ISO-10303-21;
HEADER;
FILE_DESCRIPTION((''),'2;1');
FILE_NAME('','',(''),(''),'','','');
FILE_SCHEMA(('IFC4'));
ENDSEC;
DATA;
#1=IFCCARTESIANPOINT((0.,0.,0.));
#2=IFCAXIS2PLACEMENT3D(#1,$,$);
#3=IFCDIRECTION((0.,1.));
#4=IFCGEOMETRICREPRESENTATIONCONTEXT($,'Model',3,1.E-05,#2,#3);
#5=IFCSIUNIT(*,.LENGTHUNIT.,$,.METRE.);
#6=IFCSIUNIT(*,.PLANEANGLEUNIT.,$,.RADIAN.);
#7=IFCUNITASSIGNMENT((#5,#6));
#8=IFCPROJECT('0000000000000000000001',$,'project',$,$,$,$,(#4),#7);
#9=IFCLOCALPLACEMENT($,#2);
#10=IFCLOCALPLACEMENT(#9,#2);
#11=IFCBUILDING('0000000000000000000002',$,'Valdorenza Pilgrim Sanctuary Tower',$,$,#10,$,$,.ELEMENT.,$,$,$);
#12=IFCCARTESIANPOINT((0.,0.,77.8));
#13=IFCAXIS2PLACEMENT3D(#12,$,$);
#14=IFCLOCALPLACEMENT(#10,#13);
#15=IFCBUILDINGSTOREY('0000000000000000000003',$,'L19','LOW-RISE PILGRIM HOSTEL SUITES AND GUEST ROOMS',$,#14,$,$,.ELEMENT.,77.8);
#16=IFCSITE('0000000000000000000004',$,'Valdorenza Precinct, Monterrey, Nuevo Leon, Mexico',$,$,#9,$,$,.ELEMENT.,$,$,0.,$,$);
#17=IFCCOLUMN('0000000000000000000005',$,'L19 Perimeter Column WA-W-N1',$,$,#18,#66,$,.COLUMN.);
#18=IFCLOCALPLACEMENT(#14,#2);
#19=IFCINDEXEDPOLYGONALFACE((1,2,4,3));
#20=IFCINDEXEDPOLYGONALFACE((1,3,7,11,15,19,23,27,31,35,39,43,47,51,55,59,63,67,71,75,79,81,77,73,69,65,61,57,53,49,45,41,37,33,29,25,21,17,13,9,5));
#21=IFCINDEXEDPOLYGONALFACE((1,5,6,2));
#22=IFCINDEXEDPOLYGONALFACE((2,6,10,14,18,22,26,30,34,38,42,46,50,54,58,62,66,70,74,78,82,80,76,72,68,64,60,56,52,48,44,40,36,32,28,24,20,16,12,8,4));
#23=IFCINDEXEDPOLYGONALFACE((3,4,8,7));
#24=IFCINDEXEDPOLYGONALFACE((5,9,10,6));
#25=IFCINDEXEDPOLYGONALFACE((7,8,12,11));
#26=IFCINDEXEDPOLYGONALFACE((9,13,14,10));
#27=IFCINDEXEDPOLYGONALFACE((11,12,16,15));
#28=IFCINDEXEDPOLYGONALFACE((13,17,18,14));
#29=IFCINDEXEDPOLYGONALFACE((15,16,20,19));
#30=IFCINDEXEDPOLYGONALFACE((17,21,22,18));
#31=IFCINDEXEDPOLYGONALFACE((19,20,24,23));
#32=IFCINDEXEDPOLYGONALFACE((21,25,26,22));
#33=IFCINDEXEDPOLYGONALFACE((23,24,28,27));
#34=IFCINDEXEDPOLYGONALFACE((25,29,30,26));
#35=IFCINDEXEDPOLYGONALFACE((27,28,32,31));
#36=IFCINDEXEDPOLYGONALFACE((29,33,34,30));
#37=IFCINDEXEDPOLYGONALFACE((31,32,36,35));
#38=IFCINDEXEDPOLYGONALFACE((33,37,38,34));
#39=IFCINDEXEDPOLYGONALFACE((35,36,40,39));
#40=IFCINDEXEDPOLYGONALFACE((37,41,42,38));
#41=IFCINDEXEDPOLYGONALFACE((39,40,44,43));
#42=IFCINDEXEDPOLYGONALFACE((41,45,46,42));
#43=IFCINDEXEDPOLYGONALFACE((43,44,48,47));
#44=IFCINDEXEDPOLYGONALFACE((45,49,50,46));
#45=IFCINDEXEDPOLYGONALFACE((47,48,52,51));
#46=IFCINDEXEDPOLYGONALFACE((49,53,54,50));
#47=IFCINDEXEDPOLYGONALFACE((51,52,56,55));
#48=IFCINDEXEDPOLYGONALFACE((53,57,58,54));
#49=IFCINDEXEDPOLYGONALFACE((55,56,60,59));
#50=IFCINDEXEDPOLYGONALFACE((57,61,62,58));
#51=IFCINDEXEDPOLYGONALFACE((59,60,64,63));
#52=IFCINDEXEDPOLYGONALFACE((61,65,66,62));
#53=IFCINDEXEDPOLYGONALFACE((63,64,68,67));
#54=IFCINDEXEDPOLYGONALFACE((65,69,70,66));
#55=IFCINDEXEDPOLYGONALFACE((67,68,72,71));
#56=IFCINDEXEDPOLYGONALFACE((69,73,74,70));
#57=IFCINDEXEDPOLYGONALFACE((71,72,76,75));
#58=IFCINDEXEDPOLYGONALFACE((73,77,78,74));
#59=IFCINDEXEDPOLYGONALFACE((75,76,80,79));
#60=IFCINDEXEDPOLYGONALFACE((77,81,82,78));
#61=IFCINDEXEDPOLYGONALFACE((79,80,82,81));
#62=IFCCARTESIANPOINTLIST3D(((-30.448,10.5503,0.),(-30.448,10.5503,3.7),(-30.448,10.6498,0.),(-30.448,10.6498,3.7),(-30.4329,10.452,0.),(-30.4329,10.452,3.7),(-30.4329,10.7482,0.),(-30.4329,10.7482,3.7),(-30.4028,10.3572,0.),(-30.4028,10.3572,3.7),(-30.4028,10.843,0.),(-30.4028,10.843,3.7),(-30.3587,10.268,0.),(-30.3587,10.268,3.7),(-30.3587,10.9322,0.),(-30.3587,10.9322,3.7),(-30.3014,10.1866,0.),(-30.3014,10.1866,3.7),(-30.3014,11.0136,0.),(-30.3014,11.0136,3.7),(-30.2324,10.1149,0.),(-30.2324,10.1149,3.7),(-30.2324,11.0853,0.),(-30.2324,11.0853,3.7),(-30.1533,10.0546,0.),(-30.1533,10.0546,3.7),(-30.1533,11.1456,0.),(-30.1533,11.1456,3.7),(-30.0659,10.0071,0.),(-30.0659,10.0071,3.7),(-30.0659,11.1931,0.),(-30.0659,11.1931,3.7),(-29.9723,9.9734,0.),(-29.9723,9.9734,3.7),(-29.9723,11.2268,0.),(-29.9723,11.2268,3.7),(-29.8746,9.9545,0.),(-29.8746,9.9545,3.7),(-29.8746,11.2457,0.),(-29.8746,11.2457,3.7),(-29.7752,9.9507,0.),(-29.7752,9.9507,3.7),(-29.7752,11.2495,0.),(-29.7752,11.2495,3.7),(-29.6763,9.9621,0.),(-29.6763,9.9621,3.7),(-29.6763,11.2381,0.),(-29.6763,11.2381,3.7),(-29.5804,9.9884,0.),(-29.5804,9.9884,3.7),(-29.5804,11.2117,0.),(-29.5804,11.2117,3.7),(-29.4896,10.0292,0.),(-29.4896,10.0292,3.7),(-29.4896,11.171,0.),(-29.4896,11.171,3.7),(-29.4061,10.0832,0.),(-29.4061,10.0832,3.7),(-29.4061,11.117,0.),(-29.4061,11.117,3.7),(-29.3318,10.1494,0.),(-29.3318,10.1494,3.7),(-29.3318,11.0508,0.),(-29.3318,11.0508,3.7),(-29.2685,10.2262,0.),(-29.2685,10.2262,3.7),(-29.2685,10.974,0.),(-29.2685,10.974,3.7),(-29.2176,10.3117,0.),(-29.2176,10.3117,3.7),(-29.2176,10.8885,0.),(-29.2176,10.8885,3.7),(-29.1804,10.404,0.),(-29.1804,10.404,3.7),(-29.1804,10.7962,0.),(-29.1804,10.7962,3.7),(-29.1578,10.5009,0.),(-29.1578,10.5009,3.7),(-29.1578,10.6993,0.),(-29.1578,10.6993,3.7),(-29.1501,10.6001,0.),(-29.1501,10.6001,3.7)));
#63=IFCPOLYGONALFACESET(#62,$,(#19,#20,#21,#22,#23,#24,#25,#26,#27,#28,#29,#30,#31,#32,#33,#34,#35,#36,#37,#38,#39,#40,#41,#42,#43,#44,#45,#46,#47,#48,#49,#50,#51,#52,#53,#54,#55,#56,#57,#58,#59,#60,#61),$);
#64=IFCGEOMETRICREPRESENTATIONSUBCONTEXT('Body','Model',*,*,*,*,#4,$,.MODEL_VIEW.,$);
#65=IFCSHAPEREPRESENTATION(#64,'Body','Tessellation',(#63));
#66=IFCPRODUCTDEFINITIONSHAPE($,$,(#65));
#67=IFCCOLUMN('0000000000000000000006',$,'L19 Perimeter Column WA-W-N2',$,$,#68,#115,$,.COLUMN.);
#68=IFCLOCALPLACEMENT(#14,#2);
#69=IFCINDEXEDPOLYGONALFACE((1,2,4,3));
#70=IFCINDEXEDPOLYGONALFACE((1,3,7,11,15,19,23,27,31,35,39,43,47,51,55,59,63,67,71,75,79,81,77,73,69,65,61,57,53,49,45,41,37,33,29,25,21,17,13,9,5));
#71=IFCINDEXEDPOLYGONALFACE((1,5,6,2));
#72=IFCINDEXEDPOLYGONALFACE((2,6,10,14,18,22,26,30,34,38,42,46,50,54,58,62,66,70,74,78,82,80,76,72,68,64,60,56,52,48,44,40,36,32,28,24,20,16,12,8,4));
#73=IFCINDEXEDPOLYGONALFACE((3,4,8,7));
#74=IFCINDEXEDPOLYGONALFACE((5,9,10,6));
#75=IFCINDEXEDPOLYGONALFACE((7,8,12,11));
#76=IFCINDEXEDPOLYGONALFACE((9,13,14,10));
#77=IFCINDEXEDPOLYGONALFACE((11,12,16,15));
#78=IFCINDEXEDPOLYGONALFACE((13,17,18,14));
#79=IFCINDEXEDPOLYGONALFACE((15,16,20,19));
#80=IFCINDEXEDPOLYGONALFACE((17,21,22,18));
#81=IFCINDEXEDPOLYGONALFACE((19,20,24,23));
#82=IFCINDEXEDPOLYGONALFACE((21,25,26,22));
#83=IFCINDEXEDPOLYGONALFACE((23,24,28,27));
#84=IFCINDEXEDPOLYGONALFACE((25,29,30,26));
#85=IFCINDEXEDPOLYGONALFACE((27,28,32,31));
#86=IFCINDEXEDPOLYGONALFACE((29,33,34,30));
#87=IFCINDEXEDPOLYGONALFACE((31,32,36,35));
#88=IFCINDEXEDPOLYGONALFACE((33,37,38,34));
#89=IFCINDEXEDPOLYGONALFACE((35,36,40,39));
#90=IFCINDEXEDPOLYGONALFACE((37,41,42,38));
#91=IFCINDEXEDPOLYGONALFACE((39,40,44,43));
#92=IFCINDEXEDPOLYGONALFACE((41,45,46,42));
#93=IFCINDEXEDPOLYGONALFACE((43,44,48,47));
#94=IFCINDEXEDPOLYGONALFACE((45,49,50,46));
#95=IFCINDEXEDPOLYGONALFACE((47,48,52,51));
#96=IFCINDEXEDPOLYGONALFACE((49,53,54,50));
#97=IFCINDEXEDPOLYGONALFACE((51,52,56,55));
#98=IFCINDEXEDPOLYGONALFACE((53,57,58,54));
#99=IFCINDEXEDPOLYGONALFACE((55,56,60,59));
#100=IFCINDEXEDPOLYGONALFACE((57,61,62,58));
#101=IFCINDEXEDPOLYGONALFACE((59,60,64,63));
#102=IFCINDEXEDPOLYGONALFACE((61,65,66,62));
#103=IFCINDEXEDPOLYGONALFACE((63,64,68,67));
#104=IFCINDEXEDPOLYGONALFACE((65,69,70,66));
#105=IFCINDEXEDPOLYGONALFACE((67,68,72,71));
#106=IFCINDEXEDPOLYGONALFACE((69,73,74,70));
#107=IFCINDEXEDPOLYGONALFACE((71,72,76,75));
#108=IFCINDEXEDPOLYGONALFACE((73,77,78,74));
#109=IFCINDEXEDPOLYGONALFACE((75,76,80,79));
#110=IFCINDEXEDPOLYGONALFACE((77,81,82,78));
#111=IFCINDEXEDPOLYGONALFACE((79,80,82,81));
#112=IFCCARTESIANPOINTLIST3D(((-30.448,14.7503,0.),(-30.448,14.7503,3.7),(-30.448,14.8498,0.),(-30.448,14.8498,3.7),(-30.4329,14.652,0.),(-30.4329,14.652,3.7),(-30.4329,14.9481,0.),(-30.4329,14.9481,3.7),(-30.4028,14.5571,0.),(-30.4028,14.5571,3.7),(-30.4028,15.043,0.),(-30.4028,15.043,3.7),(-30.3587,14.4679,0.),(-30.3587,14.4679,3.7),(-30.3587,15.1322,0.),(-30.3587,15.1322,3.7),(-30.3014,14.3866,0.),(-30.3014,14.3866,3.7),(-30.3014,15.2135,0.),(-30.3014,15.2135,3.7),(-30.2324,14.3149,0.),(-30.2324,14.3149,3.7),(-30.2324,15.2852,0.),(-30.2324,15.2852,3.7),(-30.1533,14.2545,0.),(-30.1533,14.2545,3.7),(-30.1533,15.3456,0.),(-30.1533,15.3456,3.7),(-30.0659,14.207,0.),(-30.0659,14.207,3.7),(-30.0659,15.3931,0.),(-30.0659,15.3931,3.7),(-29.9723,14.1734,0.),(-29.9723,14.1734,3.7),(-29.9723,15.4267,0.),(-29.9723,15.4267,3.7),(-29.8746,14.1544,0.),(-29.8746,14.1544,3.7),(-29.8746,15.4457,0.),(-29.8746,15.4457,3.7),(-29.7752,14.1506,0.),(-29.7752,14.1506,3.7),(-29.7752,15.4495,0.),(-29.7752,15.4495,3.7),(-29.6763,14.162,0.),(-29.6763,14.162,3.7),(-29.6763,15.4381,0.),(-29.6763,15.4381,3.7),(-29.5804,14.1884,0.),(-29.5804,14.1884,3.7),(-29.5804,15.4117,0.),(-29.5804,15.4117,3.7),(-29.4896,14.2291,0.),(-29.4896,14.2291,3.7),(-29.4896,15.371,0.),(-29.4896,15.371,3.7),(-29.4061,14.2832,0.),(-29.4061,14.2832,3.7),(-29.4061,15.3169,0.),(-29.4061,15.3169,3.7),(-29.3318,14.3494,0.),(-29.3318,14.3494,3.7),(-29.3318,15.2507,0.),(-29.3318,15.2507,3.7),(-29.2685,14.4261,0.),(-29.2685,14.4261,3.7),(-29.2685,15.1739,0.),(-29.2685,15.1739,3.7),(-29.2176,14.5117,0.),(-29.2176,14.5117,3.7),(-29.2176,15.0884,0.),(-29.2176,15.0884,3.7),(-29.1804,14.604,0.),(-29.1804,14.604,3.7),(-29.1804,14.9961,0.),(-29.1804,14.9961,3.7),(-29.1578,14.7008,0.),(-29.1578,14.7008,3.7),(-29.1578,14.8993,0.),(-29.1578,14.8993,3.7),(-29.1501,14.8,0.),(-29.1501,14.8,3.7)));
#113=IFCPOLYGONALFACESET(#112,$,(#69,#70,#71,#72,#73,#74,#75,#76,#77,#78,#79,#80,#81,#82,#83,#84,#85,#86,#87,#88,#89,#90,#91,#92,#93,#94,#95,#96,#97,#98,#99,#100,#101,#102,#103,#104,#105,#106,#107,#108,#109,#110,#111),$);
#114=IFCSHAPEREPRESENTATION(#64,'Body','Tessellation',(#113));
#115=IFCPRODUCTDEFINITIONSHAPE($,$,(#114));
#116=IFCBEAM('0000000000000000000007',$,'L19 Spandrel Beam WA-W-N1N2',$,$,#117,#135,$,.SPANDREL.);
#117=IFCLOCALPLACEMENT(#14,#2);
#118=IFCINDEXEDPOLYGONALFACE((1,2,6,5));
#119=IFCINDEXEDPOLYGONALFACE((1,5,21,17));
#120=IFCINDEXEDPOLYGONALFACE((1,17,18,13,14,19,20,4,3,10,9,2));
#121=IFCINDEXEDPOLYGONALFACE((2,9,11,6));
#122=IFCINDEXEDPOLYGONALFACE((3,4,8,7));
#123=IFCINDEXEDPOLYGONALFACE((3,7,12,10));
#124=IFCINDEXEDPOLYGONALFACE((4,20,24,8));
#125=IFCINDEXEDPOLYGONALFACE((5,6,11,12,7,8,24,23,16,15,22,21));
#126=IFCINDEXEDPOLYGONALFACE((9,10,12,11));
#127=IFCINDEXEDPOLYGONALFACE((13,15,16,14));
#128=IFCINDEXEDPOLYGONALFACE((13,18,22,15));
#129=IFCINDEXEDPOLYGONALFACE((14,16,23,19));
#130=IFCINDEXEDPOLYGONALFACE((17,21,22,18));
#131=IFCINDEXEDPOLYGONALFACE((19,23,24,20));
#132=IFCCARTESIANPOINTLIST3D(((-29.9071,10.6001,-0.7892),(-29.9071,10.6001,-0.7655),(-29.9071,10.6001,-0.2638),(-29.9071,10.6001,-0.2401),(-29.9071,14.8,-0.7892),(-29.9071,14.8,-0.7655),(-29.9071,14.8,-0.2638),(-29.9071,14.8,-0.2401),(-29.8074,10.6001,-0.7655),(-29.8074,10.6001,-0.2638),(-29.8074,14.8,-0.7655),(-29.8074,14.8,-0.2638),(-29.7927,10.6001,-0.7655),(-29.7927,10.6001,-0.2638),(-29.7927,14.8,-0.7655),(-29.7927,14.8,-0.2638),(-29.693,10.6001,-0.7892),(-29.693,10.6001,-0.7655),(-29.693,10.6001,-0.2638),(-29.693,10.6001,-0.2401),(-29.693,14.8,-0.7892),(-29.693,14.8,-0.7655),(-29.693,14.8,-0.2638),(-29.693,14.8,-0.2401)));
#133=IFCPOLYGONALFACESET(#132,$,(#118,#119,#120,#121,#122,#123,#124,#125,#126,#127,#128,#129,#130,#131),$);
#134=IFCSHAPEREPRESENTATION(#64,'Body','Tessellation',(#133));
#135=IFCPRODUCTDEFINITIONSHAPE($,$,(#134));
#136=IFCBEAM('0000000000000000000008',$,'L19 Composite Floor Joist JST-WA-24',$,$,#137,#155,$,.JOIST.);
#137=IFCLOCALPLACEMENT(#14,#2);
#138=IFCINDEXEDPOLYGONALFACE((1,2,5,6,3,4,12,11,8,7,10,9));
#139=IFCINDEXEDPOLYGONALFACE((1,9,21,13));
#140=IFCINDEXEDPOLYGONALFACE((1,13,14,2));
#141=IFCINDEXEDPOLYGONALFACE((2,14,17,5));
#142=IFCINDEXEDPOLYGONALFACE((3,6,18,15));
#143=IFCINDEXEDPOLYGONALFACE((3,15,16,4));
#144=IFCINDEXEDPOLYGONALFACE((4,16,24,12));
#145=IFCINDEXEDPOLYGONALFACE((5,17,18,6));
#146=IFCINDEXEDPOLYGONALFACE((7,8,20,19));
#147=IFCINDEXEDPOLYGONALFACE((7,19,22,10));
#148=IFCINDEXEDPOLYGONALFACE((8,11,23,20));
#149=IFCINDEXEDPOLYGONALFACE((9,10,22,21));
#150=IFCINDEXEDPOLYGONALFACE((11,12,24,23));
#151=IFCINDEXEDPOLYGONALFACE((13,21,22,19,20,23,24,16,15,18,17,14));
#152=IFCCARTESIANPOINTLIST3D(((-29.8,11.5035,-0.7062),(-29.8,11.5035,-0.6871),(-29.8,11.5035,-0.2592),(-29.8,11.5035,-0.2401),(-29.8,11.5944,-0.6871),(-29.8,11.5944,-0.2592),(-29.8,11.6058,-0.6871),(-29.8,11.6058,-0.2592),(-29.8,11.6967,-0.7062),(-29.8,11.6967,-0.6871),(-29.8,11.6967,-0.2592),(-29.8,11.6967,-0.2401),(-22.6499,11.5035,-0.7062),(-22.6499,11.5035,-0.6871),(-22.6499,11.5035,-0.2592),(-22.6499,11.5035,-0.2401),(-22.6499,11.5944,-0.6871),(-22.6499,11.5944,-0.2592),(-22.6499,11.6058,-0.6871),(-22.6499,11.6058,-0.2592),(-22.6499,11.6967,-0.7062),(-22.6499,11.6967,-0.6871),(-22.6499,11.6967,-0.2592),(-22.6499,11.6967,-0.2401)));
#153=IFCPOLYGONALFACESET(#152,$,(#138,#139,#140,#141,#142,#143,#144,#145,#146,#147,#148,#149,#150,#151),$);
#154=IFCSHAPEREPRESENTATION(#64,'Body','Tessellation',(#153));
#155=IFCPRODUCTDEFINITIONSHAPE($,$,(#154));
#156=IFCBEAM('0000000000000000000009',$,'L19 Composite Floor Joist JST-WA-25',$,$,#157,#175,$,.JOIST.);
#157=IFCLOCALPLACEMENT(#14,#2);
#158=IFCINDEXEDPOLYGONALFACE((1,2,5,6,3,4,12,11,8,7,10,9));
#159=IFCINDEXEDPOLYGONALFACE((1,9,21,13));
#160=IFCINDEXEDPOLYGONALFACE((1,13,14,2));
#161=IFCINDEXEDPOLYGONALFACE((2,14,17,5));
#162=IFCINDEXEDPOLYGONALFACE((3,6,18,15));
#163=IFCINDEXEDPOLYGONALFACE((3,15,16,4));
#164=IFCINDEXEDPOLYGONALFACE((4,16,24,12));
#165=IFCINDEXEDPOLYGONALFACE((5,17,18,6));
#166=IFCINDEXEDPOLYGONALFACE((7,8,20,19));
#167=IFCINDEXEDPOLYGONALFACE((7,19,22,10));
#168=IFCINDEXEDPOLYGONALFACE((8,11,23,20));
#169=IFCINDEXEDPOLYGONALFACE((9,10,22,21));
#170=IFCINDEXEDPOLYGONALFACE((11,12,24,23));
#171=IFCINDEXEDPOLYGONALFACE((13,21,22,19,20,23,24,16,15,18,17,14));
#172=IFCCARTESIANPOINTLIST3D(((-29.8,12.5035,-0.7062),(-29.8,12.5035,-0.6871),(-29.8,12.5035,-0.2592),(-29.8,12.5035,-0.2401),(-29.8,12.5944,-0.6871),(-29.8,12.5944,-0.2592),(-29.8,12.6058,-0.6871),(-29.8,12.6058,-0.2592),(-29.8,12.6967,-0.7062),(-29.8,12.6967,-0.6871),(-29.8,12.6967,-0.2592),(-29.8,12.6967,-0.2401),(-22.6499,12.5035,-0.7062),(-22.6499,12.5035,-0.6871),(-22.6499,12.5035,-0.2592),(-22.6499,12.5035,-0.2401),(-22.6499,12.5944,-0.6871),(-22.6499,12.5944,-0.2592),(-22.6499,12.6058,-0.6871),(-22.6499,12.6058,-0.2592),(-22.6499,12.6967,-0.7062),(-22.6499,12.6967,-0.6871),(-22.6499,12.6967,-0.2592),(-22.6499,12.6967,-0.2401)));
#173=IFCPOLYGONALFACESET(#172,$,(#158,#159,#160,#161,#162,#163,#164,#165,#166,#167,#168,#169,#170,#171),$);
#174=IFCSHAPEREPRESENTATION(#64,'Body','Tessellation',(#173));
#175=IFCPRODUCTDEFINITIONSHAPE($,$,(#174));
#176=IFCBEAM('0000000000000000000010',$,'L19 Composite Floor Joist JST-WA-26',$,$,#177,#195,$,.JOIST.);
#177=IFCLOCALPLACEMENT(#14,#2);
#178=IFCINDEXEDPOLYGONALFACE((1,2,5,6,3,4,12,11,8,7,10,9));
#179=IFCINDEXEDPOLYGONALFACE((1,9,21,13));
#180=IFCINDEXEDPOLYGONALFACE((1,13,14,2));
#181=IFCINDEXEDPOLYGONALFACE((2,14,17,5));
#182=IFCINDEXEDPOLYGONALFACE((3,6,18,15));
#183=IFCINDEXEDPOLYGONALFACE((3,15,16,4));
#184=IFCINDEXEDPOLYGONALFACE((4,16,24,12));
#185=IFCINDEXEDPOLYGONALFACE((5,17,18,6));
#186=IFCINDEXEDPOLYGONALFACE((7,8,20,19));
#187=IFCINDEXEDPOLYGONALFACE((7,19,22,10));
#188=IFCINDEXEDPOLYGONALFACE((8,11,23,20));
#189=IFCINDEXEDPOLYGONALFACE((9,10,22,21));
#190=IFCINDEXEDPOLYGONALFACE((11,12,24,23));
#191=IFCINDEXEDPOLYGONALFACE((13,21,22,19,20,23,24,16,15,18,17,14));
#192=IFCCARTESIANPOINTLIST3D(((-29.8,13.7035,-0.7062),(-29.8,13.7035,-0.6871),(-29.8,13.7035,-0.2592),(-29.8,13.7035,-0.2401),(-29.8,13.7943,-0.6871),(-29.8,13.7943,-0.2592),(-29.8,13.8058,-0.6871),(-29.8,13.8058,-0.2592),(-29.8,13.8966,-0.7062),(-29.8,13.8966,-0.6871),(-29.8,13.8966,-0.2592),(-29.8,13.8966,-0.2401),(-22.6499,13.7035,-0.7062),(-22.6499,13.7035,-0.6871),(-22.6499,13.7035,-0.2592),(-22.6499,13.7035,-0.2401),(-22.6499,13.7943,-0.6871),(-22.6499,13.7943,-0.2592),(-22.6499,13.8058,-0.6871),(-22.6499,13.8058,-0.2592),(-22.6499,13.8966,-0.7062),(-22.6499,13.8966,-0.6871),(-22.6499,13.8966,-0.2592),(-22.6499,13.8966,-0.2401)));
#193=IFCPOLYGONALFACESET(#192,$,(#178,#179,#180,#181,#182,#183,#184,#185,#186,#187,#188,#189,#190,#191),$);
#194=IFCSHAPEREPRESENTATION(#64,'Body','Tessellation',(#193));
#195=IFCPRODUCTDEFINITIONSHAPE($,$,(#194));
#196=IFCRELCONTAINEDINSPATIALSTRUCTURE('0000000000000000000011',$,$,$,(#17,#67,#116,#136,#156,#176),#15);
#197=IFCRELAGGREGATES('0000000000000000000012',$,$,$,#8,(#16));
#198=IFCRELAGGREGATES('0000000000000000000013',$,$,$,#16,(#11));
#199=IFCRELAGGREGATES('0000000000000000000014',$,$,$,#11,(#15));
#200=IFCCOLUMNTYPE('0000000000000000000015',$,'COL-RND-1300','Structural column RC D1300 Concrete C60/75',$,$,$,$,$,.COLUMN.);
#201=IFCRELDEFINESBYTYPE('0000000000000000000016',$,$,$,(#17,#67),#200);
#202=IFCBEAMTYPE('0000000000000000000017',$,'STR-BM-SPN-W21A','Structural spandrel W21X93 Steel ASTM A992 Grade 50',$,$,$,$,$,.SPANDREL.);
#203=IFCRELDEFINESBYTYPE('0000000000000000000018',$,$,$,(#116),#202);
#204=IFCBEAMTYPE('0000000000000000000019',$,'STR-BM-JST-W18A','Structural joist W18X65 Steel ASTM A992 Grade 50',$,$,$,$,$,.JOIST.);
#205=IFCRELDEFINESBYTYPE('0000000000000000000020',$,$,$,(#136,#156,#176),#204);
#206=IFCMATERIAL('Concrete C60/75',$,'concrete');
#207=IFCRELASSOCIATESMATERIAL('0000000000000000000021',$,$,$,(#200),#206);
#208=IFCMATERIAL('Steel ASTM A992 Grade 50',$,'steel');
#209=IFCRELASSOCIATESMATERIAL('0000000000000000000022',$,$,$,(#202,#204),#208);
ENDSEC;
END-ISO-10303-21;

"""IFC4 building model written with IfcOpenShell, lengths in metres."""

from ifc_helpers import new_model, si_unit, direction, frame, origin, origin_2d, place, context, subcontext, project, spatial, circle, i_section, extrude, source, transform, mapped, material, material_profile, profile_set, type_object, element, save


model = new_model("IFC4")

# Units and contexts
model_context = context("Model", 3, precision=1e-05, world=origin(), true_north=direction((0.0, 1.0)))
body_context = subcontext(model_context, "Body", "Model", "MODEL_VIEW")
ifc_project = project(units=[si_unit("LENGTHUNIT", "METRE"), si_unit("PLANEANGLEUNIT", "RADIAN")], contexts=[model_context])

# Site, building, storey
site_placement = place(None, origin())
site = spatial("IfcSite", under=ifc_project, at=site_placement, Name="Valdorenza Precinct, Monterrey, Nuevo Leon, Mexico", CompositionType="ELEMENT", RefElevation=0.0)
building_placement = place(site_placement, origin())
building = spatial("IfcBuilding", under=site, at=building_placement, Name="Valdorenza Pilgrim Sanctuary Tower", CompositionType="ELEMENT")
storey_placement = place(building_placement, frame((0.0, 0.0, 77.8)))
storey = spatial("IfcBuildingStorey", under=building, at=storey_placement, Name="L19", Description="LOW-RISE PILGRIM HOSTEL SUITES AND GUEST ROOMS", CompositionType="ELEMENT", Elevation=77.8)

# Columns
ifc_material_1 = material(Name="Concrete C60/75", Category="concrete")
ifc_material_profile_1 = material_profile(ifc_material_1, circle(Radius=0.6499, at=origin_2d()), Name="RC D1300")
ifc_profile_set_1 = profile_set([ifc_material_profile_1], Name="Concrete C60/75")
column_type = type_object("IfcColumnType", Name="COL-RND-1300", Description="Structural column RC D1300 Concrete C60/75", PredefinedType="COLUMN", material=ifc_profile_set_1)
shared_shape_1 = source(origin(), body_context, "Body", "SweptSolid", [
    extrude(circle(Radius=0.6499, at=origin_2d()), origin(), (0.0, 0.0, 1.0), 3.7),
])
for number, where, z_axis, x_axis, name in (
    (1, (-29.8, 10.6001, 0.0), (0.0, 0.0, 1.0), (1.0, 0.0, 0.0), "L19 Perimeter Column WA-W-N1"),
    (2, (-29.8, 14.8, 0.0), (0.0, 0.0, 1.0), (1.0, 0.0, 0.0), "L19 Perimeter Column WA-W-N2"),
):
    element("IfcColumn", number, at=place(storey_placement, frame(where, z_axis=z_axis, x_axis=x_axis)), inside=storey, type_object=column_type, Name=name, PredefinedType="COLUMN", context=body_context, shape_type="MappedRepresentation", body=[
        mapped(shared_shape_1, transform((0.0, 0.0, 0.0), x_axis=(1.0, 0.0, 0.0), y_axis=(0.0, 1.0, 0.0), z_axis=(0.0, 0.0, 1.0), scale=1.0)),
    ])

# Beams
ifc_material_2 = material(Name="Steel ASTM A992 Grade 50", Category="steel")
ifc_material_profile_2 = material_profile(ifc_material_2, i_section(OverallWidth=0.2141, OverallDepth=0.5491, WebThickness=0.0146, FlangeThickness=0.0237, at=origin_2d()), Name="W21X93")
ifc_profile_set_2 = profile_set([ifc_material_profile_2], Name="Steel ASTM A992 Grade 50")
beam_type_1 = type_object("IfcBeamType", Name="STR-BM-SPN-W21A", Description="Structural spandrel W21X93 Steel ASTM A992 Grade 50", PredefinedType="SPANDREL", material=ifc_profile_set_2)
shared_shape_2 = source(origin(), body_context, "Body", "SweptSolid", [
    extrude(i_section(OverallWidth=0.2141, OverallDepth=0.5491, WebThickness=0.0146, FlangeThickness=0.0237, at=origin_2d()), origin(), (0.0, 0.0, 1.0), 4.2),
])
beam_1_placement = place(storey_placement, frame((-29.8, 10.6001, -0.5146), z_axis=(0.0, 1.0, 0.0), x_axis=(-1.0, 0.0, 0.0)))
element("IfcBeam", 3, at=beam_1_placement, inside=storey, type_object=beam_type_1, Name="L19 Spandrel Beam WA-W-N1N2", PredefinedType="SPANDREL", context=body_context, shape_type="MappedRepresentation", body=[
    mapped(shared_shape_2, transform((0.0, 0.0, 0.0), x_axis=(1.0, 0.0, 0.0), y_axis=(0.0, 1.0, 0.0), z_axis=(0.0, 0.0, 1.0), scale=1.0)),
])
ifc_material_profile_3 = material_profile(ifc_material_2, i_section(OverallWidth=0.1931, OverallDepth=0.4661, WebThickness=0.0115, FlangeThickness=0.019, at=origin_2d()), Name="W18X65")
ifc_profile_set_3 = profile_set([ifc_material_profile_3], Name="Steel ASTM A992 Grade 50")
beam_type_2 = type_object("IfcBeamType", Name="STR-BM-JST-W18A", Description="Structural joist W18X65 Steel ASTM A992 Grade 50", PredefinedType="JOIST", material=ifc_profile_set_3)
shared_shape_3 = source(origin(), body_context, "Body", "SweptSolid", [
    extrude(i_section(OverallWidth=0.1931, OverallDepth=0.4661, WebThickness=0.0115, FlangeThickness=0.019, at=origin_2d()), origin(), (0.0, 0.0, 1.0), 7.1501),
])
for number, where, z_axis, x_axis, name in (
    (4, (-29.8, 11.6001, -0.4731), (1.0, 0.0, 0.0), (0.0, 1.0, 0.0), "L19 Composite Floor Joist JST-WA-24"),
    (5, (-29.8, 12.6001, -0.4731), (1.0, 0.0, 0.0), (0.0, 1.0, 0.0), "L19 Composite Floor Joist JST-WA-25"),
    (6, (-29.8, 13.8, -0.4731), (1.0, 0.0, 0.0), (0.0, 1.0, 0.0), "L19 Composite Floor Joist JST-WA-26"),
):
    element("IfcBeam", number, at=place(storey_placement, frame(where, z_axis=z_axis, x_axis=x_axis)), inside=storey, type_object=beam_type_2, Name=name, PredefinedType="JOIST", context=body_context, shape_type="MappedRepresentation", body=[
        mapped(shared_shape_3, transform((0.0, 0.0, 0.0), x_axis=(1.0, 0.0, 0.0), y_axis=(0.0, 1.0, 0.0), z_axis=(0.0, 0.0, 1.0), scale=1.0)),
    ])

save(model, "model.ifc")
